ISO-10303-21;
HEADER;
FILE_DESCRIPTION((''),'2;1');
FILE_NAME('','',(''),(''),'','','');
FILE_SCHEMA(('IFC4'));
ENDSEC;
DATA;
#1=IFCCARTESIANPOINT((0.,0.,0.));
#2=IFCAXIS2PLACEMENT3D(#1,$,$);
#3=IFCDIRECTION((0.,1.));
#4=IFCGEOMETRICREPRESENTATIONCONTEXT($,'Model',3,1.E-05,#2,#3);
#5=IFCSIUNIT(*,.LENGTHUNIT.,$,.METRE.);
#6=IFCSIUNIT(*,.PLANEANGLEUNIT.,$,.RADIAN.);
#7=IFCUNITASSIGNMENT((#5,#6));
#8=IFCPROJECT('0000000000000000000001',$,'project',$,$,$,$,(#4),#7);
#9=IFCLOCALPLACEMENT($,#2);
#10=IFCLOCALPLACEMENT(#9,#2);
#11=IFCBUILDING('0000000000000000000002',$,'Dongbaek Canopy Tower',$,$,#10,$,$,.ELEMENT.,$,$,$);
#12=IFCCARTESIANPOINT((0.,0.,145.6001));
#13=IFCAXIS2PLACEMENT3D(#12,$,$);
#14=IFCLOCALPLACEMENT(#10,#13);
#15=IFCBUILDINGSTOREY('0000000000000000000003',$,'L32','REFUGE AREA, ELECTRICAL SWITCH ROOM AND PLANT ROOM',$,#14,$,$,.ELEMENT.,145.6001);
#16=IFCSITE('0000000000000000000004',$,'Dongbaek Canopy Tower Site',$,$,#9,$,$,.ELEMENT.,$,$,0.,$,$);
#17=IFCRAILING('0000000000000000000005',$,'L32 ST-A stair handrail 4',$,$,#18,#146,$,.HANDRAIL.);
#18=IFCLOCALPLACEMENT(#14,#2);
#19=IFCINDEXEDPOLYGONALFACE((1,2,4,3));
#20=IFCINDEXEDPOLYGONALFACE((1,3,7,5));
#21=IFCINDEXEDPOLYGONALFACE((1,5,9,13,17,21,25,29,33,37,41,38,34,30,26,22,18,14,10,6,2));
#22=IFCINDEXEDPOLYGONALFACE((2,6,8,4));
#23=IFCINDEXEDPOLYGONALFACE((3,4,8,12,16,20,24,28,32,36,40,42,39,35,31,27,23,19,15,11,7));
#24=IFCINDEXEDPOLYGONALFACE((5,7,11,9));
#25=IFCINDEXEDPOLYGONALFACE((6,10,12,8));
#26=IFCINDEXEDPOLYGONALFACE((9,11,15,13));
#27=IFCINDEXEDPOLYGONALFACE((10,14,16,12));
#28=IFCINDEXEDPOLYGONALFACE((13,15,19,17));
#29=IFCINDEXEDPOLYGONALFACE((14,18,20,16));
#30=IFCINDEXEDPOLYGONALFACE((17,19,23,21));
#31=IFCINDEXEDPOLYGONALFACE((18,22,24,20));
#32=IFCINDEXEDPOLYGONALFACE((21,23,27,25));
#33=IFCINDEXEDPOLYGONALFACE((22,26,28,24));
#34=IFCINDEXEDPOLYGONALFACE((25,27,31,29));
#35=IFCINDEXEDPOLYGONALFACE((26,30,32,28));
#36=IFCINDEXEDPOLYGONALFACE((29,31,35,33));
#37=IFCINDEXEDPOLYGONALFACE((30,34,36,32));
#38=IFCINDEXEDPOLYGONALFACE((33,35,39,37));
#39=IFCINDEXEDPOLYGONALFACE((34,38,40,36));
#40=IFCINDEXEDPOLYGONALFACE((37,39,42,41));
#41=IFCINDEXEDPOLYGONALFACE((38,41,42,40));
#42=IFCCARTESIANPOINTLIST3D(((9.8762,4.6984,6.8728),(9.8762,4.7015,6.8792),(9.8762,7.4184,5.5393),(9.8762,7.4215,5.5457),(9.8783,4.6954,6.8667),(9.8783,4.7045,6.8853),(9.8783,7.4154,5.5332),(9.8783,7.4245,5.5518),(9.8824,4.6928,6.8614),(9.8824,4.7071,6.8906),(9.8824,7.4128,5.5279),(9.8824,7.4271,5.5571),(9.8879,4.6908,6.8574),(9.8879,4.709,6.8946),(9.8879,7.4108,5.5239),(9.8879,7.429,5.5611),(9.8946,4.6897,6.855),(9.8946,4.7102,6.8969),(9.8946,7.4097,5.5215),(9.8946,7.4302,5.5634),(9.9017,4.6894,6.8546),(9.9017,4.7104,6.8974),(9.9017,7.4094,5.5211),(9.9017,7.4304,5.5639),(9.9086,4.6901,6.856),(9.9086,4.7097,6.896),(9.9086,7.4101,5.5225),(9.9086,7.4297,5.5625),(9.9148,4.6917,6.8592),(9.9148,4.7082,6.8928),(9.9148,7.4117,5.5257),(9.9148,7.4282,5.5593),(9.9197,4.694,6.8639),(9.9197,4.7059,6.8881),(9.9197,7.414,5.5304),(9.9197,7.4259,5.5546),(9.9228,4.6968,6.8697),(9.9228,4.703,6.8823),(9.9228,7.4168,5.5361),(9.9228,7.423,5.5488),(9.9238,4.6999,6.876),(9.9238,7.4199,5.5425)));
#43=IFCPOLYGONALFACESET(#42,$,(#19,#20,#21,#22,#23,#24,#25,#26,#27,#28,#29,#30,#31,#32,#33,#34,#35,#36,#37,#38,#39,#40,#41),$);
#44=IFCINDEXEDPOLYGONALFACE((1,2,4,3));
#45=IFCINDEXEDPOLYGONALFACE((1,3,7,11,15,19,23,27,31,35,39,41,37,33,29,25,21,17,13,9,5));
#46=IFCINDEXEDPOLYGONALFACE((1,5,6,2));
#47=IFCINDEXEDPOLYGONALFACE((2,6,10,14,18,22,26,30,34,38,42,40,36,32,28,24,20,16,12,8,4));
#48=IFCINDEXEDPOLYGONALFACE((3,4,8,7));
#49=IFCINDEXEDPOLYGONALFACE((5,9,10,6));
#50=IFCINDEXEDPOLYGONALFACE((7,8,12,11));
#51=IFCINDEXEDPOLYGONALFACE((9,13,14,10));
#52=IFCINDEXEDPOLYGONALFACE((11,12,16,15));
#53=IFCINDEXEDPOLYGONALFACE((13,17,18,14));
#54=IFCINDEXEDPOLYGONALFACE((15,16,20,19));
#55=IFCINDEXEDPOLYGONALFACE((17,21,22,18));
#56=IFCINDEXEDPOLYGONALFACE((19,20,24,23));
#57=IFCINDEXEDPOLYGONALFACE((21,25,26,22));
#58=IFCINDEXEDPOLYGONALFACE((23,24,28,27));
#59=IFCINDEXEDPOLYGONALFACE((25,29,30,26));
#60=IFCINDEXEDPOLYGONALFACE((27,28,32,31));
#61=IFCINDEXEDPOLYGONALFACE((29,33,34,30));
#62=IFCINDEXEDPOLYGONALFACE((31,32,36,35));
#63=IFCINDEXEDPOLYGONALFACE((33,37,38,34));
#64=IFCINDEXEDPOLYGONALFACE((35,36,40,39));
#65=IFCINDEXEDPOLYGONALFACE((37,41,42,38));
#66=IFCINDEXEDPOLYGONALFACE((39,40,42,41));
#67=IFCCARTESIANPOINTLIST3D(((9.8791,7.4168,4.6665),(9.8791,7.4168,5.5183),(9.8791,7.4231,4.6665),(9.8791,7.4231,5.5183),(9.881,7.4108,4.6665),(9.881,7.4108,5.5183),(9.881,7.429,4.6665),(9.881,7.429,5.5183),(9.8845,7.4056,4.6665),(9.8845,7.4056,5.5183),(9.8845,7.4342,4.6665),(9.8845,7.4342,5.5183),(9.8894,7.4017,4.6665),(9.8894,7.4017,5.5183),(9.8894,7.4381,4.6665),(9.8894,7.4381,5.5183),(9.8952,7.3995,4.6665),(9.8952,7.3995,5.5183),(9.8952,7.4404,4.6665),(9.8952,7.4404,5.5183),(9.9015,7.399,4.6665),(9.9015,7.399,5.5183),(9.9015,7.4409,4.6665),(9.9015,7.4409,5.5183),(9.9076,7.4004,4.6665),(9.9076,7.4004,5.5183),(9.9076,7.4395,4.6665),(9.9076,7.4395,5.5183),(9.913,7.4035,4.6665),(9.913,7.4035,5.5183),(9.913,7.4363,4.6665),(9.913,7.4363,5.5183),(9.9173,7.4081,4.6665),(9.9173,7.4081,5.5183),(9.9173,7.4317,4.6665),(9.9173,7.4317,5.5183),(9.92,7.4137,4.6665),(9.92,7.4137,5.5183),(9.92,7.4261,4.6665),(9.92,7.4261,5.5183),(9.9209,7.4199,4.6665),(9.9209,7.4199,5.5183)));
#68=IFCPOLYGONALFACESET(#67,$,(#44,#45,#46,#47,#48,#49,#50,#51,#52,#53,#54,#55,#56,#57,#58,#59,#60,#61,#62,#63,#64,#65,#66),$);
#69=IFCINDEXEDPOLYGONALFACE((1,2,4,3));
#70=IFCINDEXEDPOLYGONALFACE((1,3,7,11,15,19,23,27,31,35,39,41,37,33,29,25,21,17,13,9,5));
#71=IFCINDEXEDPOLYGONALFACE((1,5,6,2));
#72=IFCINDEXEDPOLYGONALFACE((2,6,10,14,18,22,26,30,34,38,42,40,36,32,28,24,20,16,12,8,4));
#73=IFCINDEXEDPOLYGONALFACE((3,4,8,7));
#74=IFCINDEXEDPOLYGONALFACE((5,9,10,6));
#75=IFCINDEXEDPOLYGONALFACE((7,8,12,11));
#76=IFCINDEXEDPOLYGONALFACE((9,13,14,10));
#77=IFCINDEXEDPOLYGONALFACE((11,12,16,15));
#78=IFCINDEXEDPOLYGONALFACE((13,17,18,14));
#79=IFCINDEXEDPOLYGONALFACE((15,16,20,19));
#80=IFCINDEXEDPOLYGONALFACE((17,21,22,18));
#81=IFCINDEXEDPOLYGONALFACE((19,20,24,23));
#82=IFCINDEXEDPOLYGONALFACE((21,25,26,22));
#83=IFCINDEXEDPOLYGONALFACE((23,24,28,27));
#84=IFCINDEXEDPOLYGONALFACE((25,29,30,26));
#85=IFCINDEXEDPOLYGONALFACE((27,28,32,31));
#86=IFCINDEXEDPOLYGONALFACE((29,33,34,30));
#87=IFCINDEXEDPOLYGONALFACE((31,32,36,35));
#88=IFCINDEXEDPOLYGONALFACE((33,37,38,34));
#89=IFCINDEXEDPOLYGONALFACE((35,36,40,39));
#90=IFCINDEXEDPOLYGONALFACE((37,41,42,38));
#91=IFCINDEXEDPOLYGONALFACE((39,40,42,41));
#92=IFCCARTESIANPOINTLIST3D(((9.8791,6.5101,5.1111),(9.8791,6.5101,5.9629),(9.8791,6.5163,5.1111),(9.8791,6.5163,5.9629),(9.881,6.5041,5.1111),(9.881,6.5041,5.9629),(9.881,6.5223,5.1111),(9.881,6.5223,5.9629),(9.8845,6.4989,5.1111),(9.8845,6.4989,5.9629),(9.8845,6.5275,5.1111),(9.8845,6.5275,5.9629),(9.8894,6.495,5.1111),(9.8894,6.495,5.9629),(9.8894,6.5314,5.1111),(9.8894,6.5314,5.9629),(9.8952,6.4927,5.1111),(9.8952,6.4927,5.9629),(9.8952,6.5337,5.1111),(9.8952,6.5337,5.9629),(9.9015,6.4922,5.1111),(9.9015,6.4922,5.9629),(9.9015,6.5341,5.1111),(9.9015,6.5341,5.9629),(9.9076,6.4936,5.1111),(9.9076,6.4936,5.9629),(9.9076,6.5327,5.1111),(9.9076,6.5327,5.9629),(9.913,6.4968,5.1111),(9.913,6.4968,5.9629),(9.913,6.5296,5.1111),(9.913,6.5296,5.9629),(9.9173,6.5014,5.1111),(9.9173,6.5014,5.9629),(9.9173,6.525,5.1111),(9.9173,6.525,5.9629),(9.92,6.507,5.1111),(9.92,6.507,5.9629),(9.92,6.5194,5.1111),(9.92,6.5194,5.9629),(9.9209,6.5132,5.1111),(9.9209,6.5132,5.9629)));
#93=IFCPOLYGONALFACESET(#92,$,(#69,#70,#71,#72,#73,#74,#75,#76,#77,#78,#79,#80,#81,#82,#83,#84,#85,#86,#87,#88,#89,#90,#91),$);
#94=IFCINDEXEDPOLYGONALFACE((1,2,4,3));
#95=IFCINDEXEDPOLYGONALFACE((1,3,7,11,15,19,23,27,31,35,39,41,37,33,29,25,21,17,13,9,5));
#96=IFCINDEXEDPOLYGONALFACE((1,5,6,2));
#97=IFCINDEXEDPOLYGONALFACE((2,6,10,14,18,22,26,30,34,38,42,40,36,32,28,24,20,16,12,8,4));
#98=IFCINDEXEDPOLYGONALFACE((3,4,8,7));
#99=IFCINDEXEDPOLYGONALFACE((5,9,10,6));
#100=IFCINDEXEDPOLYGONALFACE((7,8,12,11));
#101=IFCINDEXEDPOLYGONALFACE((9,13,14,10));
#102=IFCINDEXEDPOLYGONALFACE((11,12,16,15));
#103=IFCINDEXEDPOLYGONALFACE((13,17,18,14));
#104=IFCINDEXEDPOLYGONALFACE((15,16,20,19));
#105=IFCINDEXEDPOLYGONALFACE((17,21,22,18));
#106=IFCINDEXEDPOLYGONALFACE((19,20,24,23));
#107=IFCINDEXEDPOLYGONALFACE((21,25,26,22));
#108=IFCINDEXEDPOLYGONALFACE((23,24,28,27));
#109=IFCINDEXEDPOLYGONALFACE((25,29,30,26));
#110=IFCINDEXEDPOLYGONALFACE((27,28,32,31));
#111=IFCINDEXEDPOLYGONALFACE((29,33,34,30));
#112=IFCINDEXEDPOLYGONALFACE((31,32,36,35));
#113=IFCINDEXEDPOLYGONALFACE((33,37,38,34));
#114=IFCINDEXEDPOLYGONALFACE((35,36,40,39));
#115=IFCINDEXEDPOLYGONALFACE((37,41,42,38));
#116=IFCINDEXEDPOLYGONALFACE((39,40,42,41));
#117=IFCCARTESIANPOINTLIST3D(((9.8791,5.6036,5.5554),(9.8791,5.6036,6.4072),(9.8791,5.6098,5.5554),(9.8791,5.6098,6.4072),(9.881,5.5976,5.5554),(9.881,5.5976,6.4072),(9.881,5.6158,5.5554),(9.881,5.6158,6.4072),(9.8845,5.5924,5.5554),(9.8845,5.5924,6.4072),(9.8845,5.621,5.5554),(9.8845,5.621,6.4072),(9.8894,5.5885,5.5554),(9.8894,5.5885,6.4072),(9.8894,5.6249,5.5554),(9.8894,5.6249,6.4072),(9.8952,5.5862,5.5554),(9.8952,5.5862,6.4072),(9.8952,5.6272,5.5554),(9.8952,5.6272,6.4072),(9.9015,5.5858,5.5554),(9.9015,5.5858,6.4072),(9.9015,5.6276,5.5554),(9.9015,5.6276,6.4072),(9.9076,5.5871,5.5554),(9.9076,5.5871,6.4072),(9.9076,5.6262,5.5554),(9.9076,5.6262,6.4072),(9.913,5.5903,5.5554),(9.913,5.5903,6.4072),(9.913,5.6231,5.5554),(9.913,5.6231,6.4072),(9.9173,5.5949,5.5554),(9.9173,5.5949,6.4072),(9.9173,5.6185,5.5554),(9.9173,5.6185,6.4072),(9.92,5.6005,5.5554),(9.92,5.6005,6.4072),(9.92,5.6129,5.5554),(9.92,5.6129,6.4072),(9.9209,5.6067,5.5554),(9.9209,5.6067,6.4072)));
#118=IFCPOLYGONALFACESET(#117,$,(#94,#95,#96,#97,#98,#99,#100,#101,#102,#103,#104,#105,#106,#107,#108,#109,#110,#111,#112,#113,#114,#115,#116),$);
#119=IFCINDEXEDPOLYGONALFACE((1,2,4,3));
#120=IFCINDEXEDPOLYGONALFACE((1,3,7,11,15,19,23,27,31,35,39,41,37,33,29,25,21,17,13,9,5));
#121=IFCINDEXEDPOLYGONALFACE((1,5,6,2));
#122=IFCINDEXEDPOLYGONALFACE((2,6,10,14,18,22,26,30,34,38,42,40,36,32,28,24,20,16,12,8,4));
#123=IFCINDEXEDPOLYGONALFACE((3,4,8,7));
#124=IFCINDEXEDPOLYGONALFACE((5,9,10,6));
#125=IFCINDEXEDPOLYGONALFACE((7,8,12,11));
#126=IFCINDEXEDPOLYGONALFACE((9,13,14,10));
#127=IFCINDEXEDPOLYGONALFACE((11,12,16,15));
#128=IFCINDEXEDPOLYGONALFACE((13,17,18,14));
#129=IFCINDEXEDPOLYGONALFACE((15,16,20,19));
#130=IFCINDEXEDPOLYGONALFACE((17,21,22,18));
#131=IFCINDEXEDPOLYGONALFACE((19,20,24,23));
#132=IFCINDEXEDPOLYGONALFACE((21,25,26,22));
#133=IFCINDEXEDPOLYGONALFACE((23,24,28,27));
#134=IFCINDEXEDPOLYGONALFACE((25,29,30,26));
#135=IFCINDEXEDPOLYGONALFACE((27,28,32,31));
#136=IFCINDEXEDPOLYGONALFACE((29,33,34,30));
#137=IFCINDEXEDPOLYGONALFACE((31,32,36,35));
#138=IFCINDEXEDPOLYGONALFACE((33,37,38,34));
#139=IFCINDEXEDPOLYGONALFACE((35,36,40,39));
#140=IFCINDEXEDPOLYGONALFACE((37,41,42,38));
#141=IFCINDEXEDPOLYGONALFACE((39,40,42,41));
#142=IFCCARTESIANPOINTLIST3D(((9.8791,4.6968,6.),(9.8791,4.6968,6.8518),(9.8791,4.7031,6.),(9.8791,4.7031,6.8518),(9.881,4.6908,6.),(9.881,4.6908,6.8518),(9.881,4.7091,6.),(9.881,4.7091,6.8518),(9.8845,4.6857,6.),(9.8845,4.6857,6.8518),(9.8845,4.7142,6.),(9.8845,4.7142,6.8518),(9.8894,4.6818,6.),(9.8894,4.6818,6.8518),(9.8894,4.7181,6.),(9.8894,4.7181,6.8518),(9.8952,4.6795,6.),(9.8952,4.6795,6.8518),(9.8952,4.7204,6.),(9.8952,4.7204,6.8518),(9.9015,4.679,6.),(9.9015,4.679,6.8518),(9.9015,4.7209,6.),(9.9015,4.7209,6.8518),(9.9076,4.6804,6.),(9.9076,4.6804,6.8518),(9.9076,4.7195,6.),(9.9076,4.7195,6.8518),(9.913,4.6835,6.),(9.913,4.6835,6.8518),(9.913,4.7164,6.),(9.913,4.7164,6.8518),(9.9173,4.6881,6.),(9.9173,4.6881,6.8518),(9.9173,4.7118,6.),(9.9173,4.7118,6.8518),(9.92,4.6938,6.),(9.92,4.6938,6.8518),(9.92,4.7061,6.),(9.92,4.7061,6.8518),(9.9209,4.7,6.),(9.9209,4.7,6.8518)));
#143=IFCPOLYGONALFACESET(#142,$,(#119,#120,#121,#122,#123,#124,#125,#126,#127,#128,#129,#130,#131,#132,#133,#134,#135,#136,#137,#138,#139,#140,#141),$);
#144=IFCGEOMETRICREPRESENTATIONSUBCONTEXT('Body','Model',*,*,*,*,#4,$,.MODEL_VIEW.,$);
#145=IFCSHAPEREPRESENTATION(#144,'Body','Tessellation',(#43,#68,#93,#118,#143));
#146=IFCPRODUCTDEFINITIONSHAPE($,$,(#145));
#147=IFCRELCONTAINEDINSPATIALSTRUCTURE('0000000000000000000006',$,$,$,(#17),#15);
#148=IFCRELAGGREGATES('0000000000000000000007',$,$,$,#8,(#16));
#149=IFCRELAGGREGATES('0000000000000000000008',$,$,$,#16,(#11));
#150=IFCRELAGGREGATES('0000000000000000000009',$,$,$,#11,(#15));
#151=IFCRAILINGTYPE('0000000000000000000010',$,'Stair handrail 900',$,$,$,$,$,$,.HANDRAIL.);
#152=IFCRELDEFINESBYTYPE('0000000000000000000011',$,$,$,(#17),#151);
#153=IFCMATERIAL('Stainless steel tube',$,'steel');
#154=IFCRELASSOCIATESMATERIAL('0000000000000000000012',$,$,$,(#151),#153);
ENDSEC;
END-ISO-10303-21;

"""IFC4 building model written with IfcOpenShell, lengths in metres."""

from ifc_helpers import new_model, si_unit, direction, frame, origin, origin_2d, place, context, subcontext, project, spatial, circle, extrude, material, type_object, element, save


model = new_model("IFC4")

# Units and contexts
model_context = context("Model", 3, precision=1e-05, world=origin(), true_north=direction((0.0, 1.0)))
body_context = subcontext(model_context, "Body", "Model", "MODEL_VIEW")
ifc_project = project(units=[si_unit("LENGTHUNIT", "METRE"), si_unit("PLANEANGLEUNIT", "RADIAN")], contexts=[model_context])

# Site, building, storey
site_placement = place(None, origin())
site = spatial("IfcSite", under=ifc_project, at=site_placement, Name="Dongbaek Canopy Tower Site", CompositionType="ELEMENT", RefElevation=0.0)
building_placement = place(site_placement, origin())
building = spatial("IfcBuilding", under=site, at=building_placement, Name="Dongbaek Canopy Tower", CompositionType="ELEMENT")
storey_placement = place(building_placement, frame((0.0, 0.0, 145.6001)))
storey = spatial("IfcBuildingStorey", under=building, at=storey_placement, Name="L32", Description="REFUGE AREA, ELECTRICAL SWITCH ROOM AND PLANT ROOM", CompositionType="ELEMENT", Elevation=145.6001)

# Railing
ifc_material_1 = material(Name="Stainless steel tube", Category="steel")
railing_type_1 = type_object("IfcRailingType", Name="Stair handrail 900", PredefinedType="HANDRAIL", material=ifc_material_1)
railing_1_placement = place(storey_placement, frame((9.8999, 7.4199, 4.6665)))
element("IfcRailing", 1, at=railing_1_placement, inside=storey, type_object=railing_type_1, Name="L32 ST-A stair handrail 4", PredefinedType="HANDRAIL", context=body_context, shape_type="SweptSolid", body=[
    extrude(circle(Radius=0.0239, at=origin_2d()), frame((0.0, 0.0, 0.876), z_axis=(0.0, -0.897898, 0.440204), x_axis=(1.0, 0.0, 0.0)), (0.0, 0.0, 1.0), 3.0293),
    extrude(circle(Radius=0.021, at=origin_2d()), origin(), (0.0, 0.0, 1.0), 0.8518),
    extrude(circle(Radius=0.021, at=origin_2d()), frame((0.0, -0.9067, 0.4446)), (0.0, 0.0, 1.0), 0.8518),
    extrude(circle(Radius=0.021, at=origin_2d()), frame((0.0, -1.8132, 0.8889)), (0.0, 0.0, 1.0), 0.8518),
    extrude(circle(Radius=0.021, at=origin_2d()), frame((0.0, -2.72, 1.3335)), (0.0, 0.0, 1.0), 0.8518),
])

save(model, "model.ifc")
